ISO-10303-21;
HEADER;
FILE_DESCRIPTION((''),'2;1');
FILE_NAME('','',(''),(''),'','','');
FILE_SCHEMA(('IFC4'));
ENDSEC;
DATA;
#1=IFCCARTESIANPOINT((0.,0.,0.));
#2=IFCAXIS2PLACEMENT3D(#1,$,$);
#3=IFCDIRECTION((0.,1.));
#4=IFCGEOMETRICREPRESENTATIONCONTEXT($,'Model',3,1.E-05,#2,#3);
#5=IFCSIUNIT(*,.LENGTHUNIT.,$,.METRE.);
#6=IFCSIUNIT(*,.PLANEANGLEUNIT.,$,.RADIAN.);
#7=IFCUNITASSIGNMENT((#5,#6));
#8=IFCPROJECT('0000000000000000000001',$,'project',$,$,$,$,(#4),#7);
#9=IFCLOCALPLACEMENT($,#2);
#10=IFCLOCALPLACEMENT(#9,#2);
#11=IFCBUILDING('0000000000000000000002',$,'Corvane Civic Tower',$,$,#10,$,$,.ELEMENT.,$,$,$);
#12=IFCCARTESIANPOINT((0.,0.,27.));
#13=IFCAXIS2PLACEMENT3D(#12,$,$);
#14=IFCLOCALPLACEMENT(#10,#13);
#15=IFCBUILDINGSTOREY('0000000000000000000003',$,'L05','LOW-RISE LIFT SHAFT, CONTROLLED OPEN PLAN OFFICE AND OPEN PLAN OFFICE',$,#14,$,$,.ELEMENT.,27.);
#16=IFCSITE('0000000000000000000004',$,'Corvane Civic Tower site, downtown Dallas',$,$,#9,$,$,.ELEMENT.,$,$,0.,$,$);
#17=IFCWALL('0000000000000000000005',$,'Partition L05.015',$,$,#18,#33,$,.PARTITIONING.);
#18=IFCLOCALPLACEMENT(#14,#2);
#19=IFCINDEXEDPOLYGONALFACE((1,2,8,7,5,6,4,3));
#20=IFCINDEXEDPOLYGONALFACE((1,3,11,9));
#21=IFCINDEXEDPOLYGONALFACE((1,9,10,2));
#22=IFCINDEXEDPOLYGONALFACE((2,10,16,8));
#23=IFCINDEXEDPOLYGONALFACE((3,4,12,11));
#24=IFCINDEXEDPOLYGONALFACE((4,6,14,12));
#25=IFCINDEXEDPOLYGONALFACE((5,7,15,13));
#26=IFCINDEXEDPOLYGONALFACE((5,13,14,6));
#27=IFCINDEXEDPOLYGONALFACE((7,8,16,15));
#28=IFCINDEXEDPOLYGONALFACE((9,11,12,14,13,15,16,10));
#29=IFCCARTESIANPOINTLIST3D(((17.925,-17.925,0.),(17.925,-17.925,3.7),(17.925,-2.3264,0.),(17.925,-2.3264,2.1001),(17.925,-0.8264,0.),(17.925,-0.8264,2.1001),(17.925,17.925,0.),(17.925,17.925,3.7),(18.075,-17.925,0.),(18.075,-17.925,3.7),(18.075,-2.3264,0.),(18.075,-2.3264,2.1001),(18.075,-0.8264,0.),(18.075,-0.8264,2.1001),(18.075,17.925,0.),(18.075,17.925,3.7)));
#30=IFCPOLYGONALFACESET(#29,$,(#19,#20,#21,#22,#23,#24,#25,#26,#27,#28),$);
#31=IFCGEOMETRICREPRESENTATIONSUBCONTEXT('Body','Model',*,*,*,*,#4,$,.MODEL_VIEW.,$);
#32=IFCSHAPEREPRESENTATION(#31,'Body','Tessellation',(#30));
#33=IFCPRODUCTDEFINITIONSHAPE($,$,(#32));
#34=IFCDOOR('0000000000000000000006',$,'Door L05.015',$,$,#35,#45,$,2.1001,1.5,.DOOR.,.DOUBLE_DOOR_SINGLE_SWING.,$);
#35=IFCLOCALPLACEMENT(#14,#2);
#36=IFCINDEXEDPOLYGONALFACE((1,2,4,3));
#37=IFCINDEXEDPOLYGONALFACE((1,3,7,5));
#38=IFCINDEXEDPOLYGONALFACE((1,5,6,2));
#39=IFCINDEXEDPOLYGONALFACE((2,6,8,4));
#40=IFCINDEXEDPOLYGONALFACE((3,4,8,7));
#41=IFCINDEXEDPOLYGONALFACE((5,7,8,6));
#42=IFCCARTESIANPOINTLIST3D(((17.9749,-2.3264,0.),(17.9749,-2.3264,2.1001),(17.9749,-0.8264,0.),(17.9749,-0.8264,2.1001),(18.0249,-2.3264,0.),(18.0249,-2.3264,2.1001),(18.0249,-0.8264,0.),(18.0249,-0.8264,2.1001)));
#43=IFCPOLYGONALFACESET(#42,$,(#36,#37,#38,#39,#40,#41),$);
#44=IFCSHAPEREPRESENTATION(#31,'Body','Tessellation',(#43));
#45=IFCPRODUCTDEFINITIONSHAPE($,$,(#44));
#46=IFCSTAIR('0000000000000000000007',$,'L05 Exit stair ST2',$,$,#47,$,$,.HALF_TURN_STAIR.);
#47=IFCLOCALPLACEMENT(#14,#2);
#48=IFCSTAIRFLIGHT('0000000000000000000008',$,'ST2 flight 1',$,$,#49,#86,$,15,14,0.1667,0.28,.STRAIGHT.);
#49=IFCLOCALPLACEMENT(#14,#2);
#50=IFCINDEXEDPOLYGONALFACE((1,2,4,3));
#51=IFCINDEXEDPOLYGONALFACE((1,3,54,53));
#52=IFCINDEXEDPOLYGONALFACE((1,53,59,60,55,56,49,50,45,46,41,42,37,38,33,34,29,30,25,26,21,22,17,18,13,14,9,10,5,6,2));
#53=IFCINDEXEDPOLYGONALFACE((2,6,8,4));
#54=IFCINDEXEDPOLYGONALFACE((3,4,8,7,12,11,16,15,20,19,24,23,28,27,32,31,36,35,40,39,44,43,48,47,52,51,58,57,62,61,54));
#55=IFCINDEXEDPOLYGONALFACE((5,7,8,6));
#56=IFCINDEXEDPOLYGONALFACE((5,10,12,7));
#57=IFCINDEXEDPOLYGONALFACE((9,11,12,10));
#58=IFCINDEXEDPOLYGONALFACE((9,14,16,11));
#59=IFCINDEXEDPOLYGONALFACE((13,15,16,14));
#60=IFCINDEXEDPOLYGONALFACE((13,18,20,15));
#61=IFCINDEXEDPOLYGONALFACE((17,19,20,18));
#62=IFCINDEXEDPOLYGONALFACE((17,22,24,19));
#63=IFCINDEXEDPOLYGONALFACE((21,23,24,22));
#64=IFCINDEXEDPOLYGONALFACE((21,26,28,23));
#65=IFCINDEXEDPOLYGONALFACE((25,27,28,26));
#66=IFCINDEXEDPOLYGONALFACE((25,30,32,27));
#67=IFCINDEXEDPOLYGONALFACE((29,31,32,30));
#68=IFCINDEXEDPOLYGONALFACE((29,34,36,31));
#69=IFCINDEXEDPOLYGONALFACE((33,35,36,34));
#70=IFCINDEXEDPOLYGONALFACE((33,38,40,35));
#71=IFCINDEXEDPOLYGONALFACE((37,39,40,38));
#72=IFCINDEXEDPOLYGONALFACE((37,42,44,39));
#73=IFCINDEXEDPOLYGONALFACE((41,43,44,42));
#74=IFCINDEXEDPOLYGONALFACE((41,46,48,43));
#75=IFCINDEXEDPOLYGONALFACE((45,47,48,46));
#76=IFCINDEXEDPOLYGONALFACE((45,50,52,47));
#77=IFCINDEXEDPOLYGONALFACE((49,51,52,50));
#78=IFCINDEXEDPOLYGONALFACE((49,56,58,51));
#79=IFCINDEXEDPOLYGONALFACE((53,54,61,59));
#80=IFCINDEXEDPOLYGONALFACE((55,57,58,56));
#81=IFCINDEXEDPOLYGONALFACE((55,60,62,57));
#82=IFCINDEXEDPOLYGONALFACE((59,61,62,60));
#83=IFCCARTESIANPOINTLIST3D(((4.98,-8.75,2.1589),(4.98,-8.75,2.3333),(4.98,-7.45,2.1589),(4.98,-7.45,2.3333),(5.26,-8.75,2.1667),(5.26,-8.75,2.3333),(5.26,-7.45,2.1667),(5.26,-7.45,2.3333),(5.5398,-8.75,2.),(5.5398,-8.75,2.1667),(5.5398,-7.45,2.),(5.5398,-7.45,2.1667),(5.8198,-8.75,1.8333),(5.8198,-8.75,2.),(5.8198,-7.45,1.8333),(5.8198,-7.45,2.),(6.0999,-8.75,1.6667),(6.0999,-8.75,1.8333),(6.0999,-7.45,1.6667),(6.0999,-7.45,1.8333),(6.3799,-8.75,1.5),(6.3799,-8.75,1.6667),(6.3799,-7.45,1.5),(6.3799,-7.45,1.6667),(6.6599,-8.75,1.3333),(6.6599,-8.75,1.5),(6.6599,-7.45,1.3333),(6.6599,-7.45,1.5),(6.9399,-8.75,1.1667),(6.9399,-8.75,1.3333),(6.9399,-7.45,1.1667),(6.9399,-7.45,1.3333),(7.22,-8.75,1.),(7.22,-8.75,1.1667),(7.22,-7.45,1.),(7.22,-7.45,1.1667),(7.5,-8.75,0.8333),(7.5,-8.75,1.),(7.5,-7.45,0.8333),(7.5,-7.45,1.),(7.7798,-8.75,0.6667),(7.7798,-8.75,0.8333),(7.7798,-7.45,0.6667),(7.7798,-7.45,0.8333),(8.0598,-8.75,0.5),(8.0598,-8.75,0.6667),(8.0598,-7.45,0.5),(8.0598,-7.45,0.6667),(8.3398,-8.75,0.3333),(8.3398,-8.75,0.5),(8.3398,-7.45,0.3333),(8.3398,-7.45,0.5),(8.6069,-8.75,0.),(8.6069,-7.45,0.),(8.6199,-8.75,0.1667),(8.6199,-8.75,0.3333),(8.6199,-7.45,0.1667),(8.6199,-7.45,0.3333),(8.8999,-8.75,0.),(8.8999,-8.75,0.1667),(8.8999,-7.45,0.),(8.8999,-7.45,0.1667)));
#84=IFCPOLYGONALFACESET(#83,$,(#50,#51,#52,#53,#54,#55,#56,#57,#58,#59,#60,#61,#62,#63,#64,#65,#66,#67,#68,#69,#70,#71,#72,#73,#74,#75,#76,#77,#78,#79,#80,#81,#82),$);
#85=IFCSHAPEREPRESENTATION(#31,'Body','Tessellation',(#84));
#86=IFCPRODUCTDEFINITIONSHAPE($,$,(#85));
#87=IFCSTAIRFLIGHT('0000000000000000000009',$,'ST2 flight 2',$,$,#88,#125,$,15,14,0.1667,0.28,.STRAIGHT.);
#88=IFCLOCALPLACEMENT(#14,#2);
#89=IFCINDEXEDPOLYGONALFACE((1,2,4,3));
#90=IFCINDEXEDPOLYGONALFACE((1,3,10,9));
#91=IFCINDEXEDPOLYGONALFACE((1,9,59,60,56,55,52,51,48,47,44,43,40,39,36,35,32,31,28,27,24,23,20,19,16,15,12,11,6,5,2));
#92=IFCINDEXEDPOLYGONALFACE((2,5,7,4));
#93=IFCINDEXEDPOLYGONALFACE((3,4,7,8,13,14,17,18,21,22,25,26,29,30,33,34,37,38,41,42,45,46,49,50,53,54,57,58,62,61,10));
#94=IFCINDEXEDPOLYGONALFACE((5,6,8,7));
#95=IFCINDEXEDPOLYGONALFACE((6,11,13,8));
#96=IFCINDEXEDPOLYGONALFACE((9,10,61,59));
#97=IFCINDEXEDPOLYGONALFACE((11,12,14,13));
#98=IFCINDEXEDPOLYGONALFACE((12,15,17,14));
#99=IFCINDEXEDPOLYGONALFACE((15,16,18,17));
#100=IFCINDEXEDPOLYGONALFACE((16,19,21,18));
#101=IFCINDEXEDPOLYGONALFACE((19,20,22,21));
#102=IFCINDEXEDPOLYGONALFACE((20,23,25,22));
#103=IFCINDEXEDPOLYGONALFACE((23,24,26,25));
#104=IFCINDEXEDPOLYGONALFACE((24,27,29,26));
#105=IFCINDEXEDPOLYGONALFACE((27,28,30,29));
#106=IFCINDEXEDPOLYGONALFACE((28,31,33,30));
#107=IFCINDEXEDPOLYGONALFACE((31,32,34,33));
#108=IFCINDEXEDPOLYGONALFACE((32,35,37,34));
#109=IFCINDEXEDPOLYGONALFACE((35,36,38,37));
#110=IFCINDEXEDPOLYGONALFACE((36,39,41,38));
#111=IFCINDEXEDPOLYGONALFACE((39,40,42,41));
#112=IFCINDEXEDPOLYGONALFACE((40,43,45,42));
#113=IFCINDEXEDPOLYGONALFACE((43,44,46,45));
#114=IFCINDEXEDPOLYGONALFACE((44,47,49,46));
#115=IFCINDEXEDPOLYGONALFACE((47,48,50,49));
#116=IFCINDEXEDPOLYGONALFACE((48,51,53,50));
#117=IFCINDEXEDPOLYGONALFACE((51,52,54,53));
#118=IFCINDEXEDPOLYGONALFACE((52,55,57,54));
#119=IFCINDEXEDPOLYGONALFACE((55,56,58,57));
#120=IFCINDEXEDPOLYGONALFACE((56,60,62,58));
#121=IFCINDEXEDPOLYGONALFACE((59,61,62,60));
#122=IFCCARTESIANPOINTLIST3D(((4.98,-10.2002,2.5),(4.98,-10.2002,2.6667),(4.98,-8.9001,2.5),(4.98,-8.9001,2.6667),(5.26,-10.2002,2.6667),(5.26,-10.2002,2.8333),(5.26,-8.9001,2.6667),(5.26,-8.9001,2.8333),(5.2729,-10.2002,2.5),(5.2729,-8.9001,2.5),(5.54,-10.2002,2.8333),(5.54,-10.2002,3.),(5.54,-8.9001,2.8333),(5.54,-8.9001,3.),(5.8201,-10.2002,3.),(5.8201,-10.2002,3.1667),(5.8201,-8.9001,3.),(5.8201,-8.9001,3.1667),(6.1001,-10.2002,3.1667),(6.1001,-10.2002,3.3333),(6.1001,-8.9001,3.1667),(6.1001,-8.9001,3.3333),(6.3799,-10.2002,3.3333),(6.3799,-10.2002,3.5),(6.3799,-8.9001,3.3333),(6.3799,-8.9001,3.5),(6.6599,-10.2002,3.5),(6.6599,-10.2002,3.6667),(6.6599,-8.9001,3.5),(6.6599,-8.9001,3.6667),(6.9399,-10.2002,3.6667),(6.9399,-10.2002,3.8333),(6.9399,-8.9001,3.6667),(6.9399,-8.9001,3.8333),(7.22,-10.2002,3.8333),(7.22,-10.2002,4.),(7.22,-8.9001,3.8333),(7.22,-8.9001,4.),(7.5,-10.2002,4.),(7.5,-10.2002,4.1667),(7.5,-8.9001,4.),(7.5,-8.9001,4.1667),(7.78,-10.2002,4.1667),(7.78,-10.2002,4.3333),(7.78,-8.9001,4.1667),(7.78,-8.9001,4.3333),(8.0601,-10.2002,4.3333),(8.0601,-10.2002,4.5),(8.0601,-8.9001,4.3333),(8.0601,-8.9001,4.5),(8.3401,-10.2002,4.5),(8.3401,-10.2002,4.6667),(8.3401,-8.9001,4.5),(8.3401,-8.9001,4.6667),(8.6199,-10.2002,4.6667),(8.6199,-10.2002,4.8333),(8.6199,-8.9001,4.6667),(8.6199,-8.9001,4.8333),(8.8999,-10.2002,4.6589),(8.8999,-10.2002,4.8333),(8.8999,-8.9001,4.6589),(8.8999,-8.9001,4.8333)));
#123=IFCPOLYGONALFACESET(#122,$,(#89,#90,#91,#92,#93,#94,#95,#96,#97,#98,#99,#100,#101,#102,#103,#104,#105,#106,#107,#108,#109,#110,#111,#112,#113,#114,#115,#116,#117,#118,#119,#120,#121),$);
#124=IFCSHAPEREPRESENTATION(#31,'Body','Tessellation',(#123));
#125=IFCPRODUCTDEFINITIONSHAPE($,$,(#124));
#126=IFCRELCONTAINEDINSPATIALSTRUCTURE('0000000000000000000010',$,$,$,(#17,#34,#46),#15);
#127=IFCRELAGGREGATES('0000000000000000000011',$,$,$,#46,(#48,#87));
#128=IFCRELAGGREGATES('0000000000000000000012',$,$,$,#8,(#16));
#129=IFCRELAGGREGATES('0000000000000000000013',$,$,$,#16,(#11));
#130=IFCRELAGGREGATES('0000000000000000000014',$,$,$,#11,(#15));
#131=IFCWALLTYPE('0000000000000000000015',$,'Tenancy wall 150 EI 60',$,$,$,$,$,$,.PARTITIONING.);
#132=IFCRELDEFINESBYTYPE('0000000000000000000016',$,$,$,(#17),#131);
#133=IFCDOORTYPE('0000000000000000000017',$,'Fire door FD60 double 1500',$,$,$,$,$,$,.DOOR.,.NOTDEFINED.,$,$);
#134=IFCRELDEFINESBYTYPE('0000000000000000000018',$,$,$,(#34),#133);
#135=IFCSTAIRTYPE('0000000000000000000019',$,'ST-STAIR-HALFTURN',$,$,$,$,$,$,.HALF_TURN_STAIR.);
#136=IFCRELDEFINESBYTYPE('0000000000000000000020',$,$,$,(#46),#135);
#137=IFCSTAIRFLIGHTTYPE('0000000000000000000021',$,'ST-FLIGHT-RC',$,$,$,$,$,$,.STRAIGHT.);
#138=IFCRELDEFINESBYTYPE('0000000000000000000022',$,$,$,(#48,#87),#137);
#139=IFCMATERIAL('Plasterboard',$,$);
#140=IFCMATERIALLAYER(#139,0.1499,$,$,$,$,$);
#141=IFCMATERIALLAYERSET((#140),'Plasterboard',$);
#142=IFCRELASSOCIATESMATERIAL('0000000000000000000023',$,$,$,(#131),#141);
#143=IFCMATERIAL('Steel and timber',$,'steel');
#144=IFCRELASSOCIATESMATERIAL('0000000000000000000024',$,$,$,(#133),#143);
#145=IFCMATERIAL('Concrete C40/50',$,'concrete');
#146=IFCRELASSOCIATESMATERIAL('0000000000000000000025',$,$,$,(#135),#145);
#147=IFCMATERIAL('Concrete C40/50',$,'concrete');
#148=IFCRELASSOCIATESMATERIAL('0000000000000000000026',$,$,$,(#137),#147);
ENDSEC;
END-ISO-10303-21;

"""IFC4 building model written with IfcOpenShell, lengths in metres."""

from ifc_helpers import new_model, si_unit, direction, frame, frame_2d, origin, place, context, subcontext, project, spatial, polyline, rectangle, outline, extrude, material, layer, layer_set, type_object, element, fill, aggregate, save


model = new_model("IFC4")

# Units and contexts
model_context = context("Model", 3, precision=1e-05, world=origin(), true_north=direction((0.0, 1.0)))
body_context = subcontext(model_context, "Body", "Model", "MODEL_VIEW")
ifc_project = project(units=[si_unit("LENGTHUNIT", "METRE"), si_unit("PLANEANGLEUNIT", "RADIAN")], contexts=[model_context])

# Site, building, storey
site_placement = place(None, origin())
site = spatial("IfcSite", under=ifc_project, at=site_placement, Name="Corvane Civic Tower site, downtown Dallas", CompositionType="ELEMENT", RefElevation=0.0)
building_placement = place(site_placement, origin())
building = spatial("IfcBuilding", under=site, at=building_placement, Name="Corvane Civic Tower", CompositionType="ELEMENT")
storey_placement = place(building_placement, frame((0.0, 0.0, 27.0)))
storey = spatial("IfcBuildingStorey", under=building, at=storey_placement, Name="L05", Description="LOW-RISE LIFT SHAFT, CONTROLLED OPEN PLAN OFFICE AND OPEN PLAN OFFICE", CompositionType="ELEMENT", Elevation=27.0)

# Wall, opening, door
ifc_material_1 = material(Name="Plasterboard")
ifc_layer_1 = layer(ifc_material_1, 0.1499)
ifc_layer_set_1 = layer_set([ifc_layer_1], Name="Plasterboard")
wall_type_1 = type_object("IfcWallType", Name="Tenancy wall 150 EI 60", PredefinedType="PARTITIONING", material=ifc_layer_set_1)
wall_1_placement = place(storey_placement, frame((18.0, -17.925, 0.0), z_axis=(0.0, 0.0, 1.0), x_axis=(0.0, 1.0, 0.0)))
wall_1 = element("IfcWall", 1, at=wall_1_placement, inside=storey, type_object=wall_type_1, Name="Partition L05.015", PredefinedType="PARTITIONING", context=body_context, shape_type="SweptSolid", body=[
    extrude(rectangle(XDim=35.8501, YDim=0.1499, at=frame_2d((17.925, 0.0))), origin(), (0.0, 0.0, 1.0), 3.7),
])
opening_1_placement = place(wall_1_placement, frame((15.5986, 0.0, 0.0)))
opening_1 = element("IfcOpeningElement", 2, at=opening_1_placement, cuts=wall_1, PredefinedType="OPENING", context=body_context, shape_type="SweptSolid", body=[
    extrude(rectangle(XDim=1.5, YDim=2.1001, at=frame_2d((0.75, 1.05))), frame((0.0, 0.085, 0.0), z_axis=(0.0, -1.0, 0.0), x_axis=(1.0, 0.0, 0.0)), (0.0, 0.0, 1.0), 0.1699),
])
ifc_material_2 = material(Name="Steel and timber", Category="steel")
door_type_1 = type_object("IfcDoorType", Name="Fire door FD60 double 1500", OperationType="NOTDEFINED", PredefinedType="DOOR", material=ifc_material_2)
door_1_placement = place(opening_1_placement, frame((1.5, 0.0, 0.0), z_axis=(0.0, 0.0, 1.0), x_axis=(-1.0, 0.0, 0.0)))
door_1 = element("IfcDoor", 3, at=door_1_placement, inside=storey, type_object=door_type_1, Name="Door L05.015", OperationType="DOUBLE_DOOR_SINGLE_SWING", OverallHeight=2.1001, OverallWidth=1.5, PredefinedType="DOOR", context=body_context, shape_type="SweptSolid", body=[
    extrude(rectangle(XDim=1.5, YDim=2.1001, at=frame_2d((0.75, 1.05))), frame((0.0, 0.0249, 0.0), z_axis=(0.0, -1.0, 0.0), x_axis=(1.0, 0.0, 0.0)), (0.0, 0.0, 1.0), 0.05),
])
fill(opening_1, door_1)

# Stair, stair flights
ifc_material_3 = material(Name="Concrete C40/50", Category="concrete")
stair_type = type_object("IfcStairType", Name="ST-STAIR-HALFTURN", PredefinedType="HALF_TURN_STAIR", material=ifc_material_3)
stair_placement = place(storey_placement, origin())
stair = element("IfcStair", 4, at=stair_placement, inside=storey, type_object=stair_type, Name="L05 Exit stair ST2", PredefinedType="HALF_TURN_STAIR")
ifc_material_4 = material(Name="Concrete C40/50", Category="concrete")
stair_flight_type = type_object("IfcStairFlightType", Name="ST-FLIGHT-RC", PredefinedType="STRAIGHT", material=ifc_material_4)
stair_flight_1_placement = place(storey_placement, frame((8.8999, -8.1001, 0.0), z_axis=(0.0, 0.0, 1.0), x_axis=(-1.0, 0.0, 0.0)))
stair_flight_1 = element("IfcStairFlight", 5, at=stair_flight_1_placement, type_object=stair_flight_type, Name="ST2 flight 1", NumberOfRisers=15, NumberOfTreads=14, PredefinedType="STRAIGHT", RiserHeight=0.1667, TreadLength=0.28, context=body_context, shape_type="SweptSolid", body=[
    extrude(outline(polyline([(0.0, 0.0), (0.0, 0.1667), (0.28, 0.1667), (0.28, 0.3333), (0.5601, 0.3333), (0.5601, 0.5), (0.8401, 0.5), (0.8401, 0.6667), (1.1201, 0.6667), (1.1201, 0.8333), (1.3999, 0.8333), (1.3999, 1.0), (1.6799, 1.0), (1.6799, 1.1667), (1.96, 1.1667), (1.96, 1.3333), (2.24, 1.3333), (2.24, 1.5), (2.52, 1.5), (2.52, 1.6667), (2.8, 1.6667), (2.8, 1.8333), (3.0801, 1.8333), (3.0801, 2.0), (3.3601, 2.0), (3.3601, 2.1667), (3.6399, 2.1667), (3.6399, 2.3333), (3.9199, 2.3333), (3.9199, 2.5), (3.9199, 2.1589), (0.293, 0.0), (0.0, 0.0)])), frame((0.0, 0.6499, 0.0), z_axis=(0.0, -1.0, 0.0), x_axis=(1.0, 0.0, 0.0)), (0.0, 0.0, 1.0), 1.3),
])
stair_flight_2_placement = place(storey_placement, frame((4.98, -9.55, 2.5), z_axis=(0.0, 0.0, 1.0), x_axis=(1.0, 0.0, 0.0)))
stair_flight_2 = element("IfcStairFlight", 6, at=stair_flight_2_placement, type_object=stair_flight_type, Name="ST2 flight 2", NumberOfRisers=15, NumberOfTreads=14, PredefinedType="STRAIGHT", RiserHeight=0.1667, TreadLength=0.28, context=body_context, shape_type="SweptSolid", body=[
    extrude(outline(polyline([(0.0, 0.0), (0.0, 0.1667), (0.28, 0.1667), (0.28, 0.3333), (0.5601, 0.3333), (0.5601, 0.5), (0.8401, 0.5), (0.8401, 0.6667), (1.1201, 0.6667), (1.1201, 0.8333), (1.3999, 0.8333), (1.3999, 1.0), (1.6799, 1.0), (1.6799, 1.1667), (1.96, 1.1667), (1.96, 1.3333), (2.24, 1.3333), (2.24, 1.5), (2.52, 1.5), (2.52, 1.6667), (2.8, 1.6667), (2.8, 1.8333), (3.0801, 1.8333), (3.0801, 2.0), (3.3601, 2.0), (3.3601, 2.1667), (3.6399, 2.1667), (3.6399, 2.3333), (3.9199, 2.3333), (3.9199, 2.5), (3.9199, 2.1589), (0.293, 0.0), (0.0, 0.0)])), frame((0.0, 0.6499, 0.0), z_axis=(0.0, -1.0, 0.0), x_axis=(1.0, 0.0, 0.0)), (0.0, 0.0, 1.0), 1.3),
])
aggregate(stair, [stair_flight_1, stair_flight_2])

save(model, "model.ifc")
